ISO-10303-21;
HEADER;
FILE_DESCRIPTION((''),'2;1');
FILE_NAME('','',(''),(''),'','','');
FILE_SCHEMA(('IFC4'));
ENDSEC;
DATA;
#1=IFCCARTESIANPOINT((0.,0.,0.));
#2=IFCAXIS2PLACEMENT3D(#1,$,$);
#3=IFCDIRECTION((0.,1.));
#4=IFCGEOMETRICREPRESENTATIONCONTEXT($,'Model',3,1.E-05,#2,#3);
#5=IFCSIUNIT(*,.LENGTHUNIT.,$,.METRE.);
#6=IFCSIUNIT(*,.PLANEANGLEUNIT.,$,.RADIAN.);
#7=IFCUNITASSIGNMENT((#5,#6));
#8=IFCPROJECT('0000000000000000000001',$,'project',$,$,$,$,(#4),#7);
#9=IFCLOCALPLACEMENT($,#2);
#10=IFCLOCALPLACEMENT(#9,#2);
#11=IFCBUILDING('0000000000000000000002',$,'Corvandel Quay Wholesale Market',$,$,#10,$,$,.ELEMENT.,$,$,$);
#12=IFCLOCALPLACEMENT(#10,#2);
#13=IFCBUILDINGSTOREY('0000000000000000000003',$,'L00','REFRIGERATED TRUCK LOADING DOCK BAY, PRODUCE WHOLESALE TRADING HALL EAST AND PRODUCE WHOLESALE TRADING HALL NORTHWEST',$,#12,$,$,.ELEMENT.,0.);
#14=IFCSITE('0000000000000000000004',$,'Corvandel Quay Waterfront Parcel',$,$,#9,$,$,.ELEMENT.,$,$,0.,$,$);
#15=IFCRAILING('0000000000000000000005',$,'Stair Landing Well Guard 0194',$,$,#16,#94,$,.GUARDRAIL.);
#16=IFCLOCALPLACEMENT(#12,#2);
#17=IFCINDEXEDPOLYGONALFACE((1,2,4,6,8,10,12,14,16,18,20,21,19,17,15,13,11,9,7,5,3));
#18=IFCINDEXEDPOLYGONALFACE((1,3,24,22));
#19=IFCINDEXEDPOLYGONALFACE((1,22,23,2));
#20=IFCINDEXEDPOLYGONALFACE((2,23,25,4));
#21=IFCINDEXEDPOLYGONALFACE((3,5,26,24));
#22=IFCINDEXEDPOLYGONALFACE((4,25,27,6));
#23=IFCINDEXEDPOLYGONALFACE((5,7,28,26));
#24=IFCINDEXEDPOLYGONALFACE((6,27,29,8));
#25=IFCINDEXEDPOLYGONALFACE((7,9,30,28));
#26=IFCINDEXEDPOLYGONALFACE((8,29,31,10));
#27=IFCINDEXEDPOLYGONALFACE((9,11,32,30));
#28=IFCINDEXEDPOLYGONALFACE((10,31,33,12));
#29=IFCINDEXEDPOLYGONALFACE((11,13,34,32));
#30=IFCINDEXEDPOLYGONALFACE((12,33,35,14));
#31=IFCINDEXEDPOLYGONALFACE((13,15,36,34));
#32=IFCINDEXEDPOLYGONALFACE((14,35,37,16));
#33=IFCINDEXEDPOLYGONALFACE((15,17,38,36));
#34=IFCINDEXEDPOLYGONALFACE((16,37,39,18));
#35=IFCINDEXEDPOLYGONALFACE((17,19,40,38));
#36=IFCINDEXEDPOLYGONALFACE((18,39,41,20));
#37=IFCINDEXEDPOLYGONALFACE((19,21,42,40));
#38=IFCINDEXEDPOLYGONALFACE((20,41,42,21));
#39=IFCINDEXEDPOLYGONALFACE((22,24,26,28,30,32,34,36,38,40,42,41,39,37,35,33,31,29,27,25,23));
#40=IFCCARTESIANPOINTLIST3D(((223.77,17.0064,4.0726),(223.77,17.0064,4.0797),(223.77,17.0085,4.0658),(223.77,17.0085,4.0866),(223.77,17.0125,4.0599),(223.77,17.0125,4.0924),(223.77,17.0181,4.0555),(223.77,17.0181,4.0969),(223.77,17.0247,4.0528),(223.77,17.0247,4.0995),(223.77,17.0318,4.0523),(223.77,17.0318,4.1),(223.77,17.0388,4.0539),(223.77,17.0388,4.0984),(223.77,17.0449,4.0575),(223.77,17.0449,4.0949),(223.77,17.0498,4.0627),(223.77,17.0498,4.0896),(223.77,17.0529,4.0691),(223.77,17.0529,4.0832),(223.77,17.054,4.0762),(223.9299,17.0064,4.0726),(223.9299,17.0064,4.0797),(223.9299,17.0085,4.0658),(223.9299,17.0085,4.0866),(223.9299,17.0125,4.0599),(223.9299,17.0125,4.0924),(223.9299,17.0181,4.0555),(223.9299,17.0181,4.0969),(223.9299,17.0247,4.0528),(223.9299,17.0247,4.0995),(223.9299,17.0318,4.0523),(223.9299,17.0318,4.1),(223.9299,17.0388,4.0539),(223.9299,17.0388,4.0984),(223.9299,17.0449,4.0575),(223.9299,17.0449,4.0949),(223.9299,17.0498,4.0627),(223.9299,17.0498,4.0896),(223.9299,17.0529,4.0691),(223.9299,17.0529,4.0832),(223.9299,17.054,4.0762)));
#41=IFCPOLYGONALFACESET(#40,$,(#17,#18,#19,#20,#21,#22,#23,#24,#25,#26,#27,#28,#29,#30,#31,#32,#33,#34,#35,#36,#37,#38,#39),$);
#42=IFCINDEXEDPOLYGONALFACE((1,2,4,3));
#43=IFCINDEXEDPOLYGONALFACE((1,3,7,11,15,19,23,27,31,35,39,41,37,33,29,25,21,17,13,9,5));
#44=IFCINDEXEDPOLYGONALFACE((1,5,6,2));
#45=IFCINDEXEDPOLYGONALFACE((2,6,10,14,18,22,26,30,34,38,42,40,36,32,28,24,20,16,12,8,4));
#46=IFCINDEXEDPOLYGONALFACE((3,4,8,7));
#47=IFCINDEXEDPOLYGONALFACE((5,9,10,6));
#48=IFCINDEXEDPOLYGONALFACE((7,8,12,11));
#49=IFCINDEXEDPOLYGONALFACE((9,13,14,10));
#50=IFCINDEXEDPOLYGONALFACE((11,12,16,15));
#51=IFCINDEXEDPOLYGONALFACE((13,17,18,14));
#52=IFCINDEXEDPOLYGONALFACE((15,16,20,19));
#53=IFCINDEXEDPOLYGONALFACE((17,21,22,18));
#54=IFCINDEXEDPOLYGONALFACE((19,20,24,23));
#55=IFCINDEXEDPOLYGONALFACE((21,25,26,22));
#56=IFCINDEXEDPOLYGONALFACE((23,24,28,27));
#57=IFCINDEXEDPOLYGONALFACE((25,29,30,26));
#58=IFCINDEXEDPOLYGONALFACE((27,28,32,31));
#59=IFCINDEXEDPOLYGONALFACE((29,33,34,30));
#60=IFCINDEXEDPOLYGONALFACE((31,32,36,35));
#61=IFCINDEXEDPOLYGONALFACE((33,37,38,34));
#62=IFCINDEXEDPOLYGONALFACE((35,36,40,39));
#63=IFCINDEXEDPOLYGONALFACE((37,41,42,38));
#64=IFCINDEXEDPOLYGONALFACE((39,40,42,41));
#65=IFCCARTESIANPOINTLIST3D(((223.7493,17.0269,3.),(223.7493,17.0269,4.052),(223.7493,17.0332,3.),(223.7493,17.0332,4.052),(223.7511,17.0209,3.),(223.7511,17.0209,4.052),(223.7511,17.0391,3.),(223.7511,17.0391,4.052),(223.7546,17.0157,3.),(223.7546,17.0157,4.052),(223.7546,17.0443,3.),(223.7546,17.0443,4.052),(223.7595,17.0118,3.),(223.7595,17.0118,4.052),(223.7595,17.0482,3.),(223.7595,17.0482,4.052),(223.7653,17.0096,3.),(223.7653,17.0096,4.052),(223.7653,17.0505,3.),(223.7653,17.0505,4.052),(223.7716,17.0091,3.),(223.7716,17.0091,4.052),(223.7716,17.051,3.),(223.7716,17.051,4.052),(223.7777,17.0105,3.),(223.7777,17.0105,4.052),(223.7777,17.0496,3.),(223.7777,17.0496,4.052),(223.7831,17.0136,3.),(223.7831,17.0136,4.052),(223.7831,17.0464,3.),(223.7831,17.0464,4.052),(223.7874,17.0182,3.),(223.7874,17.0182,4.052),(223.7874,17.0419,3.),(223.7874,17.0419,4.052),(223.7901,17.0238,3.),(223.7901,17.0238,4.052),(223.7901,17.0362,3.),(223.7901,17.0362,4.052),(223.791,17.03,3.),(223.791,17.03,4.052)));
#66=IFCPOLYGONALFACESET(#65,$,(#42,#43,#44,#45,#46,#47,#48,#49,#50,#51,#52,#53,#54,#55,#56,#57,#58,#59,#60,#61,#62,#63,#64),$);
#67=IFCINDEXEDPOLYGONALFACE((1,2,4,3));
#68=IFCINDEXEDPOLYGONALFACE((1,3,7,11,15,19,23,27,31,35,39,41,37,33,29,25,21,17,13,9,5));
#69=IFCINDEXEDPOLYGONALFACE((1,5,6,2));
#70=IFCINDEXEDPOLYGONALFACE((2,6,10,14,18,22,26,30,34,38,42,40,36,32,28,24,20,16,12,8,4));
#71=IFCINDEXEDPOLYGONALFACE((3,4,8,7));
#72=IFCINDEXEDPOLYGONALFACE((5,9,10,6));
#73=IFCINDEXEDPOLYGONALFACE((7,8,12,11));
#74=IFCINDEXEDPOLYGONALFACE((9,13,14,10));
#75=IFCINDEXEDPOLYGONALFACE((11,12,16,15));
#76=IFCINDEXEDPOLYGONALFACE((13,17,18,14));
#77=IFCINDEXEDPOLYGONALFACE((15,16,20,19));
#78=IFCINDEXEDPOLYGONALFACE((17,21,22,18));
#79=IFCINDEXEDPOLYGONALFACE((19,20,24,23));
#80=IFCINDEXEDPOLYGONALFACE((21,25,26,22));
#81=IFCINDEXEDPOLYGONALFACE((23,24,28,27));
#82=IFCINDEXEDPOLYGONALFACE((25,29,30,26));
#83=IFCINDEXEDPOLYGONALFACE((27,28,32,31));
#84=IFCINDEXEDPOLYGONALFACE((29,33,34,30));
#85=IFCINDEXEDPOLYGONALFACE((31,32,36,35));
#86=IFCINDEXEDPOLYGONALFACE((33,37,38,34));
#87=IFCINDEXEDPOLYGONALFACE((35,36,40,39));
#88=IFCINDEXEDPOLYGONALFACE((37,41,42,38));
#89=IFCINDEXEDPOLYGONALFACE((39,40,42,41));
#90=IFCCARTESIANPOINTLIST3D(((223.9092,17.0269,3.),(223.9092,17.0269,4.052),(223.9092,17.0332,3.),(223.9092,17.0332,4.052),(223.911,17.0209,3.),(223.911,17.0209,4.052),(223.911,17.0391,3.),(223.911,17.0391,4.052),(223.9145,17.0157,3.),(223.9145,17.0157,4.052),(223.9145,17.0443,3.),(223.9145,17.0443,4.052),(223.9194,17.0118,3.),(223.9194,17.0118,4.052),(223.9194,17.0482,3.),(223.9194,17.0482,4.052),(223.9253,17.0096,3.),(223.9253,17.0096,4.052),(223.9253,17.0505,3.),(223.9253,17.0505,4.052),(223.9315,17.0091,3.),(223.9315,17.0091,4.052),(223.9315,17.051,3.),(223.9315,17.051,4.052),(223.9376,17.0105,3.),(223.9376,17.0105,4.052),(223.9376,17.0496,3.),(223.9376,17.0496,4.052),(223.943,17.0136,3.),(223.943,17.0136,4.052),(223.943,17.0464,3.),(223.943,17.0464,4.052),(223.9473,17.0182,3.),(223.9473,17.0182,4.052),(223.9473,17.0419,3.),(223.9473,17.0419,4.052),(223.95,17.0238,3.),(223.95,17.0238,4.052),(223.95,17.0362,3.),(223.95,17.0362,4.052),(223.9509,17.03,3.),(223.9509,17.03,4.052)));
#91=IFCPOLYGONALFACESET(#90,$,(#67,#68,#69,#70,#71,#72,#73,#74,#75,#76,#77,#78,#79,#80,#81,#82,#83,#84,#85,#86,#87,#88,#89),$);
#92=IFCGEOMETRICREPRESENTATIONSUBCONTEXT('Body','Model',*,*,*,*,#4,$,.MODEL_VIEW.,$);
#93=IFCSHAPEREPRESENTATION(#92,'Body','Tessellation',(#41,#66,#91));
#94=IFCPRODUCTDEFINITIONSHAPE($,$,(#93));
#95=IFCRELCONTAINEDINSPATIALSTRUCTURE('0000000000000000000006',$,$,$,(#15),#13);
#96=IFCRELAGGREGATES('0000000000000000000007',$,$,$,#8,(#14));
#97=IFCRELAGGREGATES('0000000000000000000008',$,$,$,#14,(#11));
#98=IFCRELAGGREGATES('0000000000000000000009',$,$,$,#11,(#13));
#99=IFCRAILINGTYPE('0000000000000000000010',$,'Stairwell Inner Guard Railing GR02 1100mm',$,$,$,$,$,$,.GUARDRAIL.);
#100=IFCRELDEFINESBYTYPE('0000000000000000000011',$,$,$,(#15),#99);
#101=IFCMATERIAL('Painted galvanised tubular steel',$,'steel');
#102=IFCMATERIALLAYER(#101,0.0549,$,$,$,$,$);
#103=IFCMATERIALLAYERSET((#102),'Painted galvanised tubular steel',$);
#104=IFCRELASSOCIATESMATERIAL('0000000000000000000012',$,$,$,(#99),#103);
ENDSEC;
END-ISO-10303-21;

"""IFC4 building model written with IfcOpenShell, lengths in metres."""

from ifc_helpers import new_model, si_unit, direction, frame, origin, origin_2d, place, context, subcontext, project, spatial, circle, extrude, material, layer, layer_set, type_object, element, save


model = new_model("IFC4")

# Units and contexts
model_context = context("Model", 3, precision=1e-05, world=origin(), true_north=direction((0.0, 1.0)))
body_context = subcontext(model_context, "Body", "Model", "MODEL_VIEW")
ifc_project = project(units=[si_unit("LENGTHUNIT", "METRE"), si_unit("PLANEANGLEUNIT", "RADIAN")], contexts=[model_context])

# Site, building, storey
site_placement = place(None, origin())
site = spatial("IfcSite", under=ifc_project, at=site_placement, Name="Corvandel Quay Waterfront Parcel", CompositionType="ELEMENT", RefElevation=0.0)
building_placement = place(site_placement, origin())
building = spatial("IfcBuilding", under=site, at=building_placement, Name="Corvandel Quay Wholesale Market", CompositionType="ELEMENT")
storey_placement = place(building_placement, origin())
storey = spatial("IfcBuildingStorey", under=building, at=storey_placement, Name="L00", Description="REFRIGERATED TRUCK LOADING DOCK BAY, PRODUCE WHOLESALE TRADING HALL EAST AND PRODUCE WHOLESALE TRADING HALL NORTHWEST", CompositionType="ELEMENT", Elevation=0.0)

# Railing
ifc_material_1 = material(Name="Painted galvanised tubular steel", Category="steel")
ifc_layer_1 = layer(ifc_material_1, 0.0549)
ifc_layer_set_1 = layer_set([ifc_layer_1], Name="Painted galvanised tubular steel")
railing_type_1 = type_object("IfcRailingType", Name="Stairwell Inner Guard Railing GR02 1100mm", PredefinedType="GUARDRAIL", material=ifc_layer_set_1)
railing_1_placement = place(storey_placement, frame((223.77, 17.03, 3.0)))
element("IfcRailing", 1, at=railing_1_placement, inside=storey, type_object=railing_type_1, Name="Stair Landing Well Guard 0194", PredefinedType="GUARDRAIL", context=body_context, shape_type="SweptSolid", body=[
    extrude(circle(Radius=0.0239, at=origin_2d()), frame((0.0, 0.0, 1.0762), z_axis=(1.0, 0.0, 0.0), x_axis=(0.0, 1.0, 0.0)), (0.0, 0.0, 1.0), 0.1599),
    extrude(circle(Radius=0.021, at=origin_2d()), origin(), (0.0, 0.0, 1.0), 1.052),
    extrude(circle(Radius=0.021, at=origin_2d()), frame((0.1599, 0.0, 0.0)), (0.0, 0.0, 1.0), 1.052),
])

save(model, "model.ifc")
